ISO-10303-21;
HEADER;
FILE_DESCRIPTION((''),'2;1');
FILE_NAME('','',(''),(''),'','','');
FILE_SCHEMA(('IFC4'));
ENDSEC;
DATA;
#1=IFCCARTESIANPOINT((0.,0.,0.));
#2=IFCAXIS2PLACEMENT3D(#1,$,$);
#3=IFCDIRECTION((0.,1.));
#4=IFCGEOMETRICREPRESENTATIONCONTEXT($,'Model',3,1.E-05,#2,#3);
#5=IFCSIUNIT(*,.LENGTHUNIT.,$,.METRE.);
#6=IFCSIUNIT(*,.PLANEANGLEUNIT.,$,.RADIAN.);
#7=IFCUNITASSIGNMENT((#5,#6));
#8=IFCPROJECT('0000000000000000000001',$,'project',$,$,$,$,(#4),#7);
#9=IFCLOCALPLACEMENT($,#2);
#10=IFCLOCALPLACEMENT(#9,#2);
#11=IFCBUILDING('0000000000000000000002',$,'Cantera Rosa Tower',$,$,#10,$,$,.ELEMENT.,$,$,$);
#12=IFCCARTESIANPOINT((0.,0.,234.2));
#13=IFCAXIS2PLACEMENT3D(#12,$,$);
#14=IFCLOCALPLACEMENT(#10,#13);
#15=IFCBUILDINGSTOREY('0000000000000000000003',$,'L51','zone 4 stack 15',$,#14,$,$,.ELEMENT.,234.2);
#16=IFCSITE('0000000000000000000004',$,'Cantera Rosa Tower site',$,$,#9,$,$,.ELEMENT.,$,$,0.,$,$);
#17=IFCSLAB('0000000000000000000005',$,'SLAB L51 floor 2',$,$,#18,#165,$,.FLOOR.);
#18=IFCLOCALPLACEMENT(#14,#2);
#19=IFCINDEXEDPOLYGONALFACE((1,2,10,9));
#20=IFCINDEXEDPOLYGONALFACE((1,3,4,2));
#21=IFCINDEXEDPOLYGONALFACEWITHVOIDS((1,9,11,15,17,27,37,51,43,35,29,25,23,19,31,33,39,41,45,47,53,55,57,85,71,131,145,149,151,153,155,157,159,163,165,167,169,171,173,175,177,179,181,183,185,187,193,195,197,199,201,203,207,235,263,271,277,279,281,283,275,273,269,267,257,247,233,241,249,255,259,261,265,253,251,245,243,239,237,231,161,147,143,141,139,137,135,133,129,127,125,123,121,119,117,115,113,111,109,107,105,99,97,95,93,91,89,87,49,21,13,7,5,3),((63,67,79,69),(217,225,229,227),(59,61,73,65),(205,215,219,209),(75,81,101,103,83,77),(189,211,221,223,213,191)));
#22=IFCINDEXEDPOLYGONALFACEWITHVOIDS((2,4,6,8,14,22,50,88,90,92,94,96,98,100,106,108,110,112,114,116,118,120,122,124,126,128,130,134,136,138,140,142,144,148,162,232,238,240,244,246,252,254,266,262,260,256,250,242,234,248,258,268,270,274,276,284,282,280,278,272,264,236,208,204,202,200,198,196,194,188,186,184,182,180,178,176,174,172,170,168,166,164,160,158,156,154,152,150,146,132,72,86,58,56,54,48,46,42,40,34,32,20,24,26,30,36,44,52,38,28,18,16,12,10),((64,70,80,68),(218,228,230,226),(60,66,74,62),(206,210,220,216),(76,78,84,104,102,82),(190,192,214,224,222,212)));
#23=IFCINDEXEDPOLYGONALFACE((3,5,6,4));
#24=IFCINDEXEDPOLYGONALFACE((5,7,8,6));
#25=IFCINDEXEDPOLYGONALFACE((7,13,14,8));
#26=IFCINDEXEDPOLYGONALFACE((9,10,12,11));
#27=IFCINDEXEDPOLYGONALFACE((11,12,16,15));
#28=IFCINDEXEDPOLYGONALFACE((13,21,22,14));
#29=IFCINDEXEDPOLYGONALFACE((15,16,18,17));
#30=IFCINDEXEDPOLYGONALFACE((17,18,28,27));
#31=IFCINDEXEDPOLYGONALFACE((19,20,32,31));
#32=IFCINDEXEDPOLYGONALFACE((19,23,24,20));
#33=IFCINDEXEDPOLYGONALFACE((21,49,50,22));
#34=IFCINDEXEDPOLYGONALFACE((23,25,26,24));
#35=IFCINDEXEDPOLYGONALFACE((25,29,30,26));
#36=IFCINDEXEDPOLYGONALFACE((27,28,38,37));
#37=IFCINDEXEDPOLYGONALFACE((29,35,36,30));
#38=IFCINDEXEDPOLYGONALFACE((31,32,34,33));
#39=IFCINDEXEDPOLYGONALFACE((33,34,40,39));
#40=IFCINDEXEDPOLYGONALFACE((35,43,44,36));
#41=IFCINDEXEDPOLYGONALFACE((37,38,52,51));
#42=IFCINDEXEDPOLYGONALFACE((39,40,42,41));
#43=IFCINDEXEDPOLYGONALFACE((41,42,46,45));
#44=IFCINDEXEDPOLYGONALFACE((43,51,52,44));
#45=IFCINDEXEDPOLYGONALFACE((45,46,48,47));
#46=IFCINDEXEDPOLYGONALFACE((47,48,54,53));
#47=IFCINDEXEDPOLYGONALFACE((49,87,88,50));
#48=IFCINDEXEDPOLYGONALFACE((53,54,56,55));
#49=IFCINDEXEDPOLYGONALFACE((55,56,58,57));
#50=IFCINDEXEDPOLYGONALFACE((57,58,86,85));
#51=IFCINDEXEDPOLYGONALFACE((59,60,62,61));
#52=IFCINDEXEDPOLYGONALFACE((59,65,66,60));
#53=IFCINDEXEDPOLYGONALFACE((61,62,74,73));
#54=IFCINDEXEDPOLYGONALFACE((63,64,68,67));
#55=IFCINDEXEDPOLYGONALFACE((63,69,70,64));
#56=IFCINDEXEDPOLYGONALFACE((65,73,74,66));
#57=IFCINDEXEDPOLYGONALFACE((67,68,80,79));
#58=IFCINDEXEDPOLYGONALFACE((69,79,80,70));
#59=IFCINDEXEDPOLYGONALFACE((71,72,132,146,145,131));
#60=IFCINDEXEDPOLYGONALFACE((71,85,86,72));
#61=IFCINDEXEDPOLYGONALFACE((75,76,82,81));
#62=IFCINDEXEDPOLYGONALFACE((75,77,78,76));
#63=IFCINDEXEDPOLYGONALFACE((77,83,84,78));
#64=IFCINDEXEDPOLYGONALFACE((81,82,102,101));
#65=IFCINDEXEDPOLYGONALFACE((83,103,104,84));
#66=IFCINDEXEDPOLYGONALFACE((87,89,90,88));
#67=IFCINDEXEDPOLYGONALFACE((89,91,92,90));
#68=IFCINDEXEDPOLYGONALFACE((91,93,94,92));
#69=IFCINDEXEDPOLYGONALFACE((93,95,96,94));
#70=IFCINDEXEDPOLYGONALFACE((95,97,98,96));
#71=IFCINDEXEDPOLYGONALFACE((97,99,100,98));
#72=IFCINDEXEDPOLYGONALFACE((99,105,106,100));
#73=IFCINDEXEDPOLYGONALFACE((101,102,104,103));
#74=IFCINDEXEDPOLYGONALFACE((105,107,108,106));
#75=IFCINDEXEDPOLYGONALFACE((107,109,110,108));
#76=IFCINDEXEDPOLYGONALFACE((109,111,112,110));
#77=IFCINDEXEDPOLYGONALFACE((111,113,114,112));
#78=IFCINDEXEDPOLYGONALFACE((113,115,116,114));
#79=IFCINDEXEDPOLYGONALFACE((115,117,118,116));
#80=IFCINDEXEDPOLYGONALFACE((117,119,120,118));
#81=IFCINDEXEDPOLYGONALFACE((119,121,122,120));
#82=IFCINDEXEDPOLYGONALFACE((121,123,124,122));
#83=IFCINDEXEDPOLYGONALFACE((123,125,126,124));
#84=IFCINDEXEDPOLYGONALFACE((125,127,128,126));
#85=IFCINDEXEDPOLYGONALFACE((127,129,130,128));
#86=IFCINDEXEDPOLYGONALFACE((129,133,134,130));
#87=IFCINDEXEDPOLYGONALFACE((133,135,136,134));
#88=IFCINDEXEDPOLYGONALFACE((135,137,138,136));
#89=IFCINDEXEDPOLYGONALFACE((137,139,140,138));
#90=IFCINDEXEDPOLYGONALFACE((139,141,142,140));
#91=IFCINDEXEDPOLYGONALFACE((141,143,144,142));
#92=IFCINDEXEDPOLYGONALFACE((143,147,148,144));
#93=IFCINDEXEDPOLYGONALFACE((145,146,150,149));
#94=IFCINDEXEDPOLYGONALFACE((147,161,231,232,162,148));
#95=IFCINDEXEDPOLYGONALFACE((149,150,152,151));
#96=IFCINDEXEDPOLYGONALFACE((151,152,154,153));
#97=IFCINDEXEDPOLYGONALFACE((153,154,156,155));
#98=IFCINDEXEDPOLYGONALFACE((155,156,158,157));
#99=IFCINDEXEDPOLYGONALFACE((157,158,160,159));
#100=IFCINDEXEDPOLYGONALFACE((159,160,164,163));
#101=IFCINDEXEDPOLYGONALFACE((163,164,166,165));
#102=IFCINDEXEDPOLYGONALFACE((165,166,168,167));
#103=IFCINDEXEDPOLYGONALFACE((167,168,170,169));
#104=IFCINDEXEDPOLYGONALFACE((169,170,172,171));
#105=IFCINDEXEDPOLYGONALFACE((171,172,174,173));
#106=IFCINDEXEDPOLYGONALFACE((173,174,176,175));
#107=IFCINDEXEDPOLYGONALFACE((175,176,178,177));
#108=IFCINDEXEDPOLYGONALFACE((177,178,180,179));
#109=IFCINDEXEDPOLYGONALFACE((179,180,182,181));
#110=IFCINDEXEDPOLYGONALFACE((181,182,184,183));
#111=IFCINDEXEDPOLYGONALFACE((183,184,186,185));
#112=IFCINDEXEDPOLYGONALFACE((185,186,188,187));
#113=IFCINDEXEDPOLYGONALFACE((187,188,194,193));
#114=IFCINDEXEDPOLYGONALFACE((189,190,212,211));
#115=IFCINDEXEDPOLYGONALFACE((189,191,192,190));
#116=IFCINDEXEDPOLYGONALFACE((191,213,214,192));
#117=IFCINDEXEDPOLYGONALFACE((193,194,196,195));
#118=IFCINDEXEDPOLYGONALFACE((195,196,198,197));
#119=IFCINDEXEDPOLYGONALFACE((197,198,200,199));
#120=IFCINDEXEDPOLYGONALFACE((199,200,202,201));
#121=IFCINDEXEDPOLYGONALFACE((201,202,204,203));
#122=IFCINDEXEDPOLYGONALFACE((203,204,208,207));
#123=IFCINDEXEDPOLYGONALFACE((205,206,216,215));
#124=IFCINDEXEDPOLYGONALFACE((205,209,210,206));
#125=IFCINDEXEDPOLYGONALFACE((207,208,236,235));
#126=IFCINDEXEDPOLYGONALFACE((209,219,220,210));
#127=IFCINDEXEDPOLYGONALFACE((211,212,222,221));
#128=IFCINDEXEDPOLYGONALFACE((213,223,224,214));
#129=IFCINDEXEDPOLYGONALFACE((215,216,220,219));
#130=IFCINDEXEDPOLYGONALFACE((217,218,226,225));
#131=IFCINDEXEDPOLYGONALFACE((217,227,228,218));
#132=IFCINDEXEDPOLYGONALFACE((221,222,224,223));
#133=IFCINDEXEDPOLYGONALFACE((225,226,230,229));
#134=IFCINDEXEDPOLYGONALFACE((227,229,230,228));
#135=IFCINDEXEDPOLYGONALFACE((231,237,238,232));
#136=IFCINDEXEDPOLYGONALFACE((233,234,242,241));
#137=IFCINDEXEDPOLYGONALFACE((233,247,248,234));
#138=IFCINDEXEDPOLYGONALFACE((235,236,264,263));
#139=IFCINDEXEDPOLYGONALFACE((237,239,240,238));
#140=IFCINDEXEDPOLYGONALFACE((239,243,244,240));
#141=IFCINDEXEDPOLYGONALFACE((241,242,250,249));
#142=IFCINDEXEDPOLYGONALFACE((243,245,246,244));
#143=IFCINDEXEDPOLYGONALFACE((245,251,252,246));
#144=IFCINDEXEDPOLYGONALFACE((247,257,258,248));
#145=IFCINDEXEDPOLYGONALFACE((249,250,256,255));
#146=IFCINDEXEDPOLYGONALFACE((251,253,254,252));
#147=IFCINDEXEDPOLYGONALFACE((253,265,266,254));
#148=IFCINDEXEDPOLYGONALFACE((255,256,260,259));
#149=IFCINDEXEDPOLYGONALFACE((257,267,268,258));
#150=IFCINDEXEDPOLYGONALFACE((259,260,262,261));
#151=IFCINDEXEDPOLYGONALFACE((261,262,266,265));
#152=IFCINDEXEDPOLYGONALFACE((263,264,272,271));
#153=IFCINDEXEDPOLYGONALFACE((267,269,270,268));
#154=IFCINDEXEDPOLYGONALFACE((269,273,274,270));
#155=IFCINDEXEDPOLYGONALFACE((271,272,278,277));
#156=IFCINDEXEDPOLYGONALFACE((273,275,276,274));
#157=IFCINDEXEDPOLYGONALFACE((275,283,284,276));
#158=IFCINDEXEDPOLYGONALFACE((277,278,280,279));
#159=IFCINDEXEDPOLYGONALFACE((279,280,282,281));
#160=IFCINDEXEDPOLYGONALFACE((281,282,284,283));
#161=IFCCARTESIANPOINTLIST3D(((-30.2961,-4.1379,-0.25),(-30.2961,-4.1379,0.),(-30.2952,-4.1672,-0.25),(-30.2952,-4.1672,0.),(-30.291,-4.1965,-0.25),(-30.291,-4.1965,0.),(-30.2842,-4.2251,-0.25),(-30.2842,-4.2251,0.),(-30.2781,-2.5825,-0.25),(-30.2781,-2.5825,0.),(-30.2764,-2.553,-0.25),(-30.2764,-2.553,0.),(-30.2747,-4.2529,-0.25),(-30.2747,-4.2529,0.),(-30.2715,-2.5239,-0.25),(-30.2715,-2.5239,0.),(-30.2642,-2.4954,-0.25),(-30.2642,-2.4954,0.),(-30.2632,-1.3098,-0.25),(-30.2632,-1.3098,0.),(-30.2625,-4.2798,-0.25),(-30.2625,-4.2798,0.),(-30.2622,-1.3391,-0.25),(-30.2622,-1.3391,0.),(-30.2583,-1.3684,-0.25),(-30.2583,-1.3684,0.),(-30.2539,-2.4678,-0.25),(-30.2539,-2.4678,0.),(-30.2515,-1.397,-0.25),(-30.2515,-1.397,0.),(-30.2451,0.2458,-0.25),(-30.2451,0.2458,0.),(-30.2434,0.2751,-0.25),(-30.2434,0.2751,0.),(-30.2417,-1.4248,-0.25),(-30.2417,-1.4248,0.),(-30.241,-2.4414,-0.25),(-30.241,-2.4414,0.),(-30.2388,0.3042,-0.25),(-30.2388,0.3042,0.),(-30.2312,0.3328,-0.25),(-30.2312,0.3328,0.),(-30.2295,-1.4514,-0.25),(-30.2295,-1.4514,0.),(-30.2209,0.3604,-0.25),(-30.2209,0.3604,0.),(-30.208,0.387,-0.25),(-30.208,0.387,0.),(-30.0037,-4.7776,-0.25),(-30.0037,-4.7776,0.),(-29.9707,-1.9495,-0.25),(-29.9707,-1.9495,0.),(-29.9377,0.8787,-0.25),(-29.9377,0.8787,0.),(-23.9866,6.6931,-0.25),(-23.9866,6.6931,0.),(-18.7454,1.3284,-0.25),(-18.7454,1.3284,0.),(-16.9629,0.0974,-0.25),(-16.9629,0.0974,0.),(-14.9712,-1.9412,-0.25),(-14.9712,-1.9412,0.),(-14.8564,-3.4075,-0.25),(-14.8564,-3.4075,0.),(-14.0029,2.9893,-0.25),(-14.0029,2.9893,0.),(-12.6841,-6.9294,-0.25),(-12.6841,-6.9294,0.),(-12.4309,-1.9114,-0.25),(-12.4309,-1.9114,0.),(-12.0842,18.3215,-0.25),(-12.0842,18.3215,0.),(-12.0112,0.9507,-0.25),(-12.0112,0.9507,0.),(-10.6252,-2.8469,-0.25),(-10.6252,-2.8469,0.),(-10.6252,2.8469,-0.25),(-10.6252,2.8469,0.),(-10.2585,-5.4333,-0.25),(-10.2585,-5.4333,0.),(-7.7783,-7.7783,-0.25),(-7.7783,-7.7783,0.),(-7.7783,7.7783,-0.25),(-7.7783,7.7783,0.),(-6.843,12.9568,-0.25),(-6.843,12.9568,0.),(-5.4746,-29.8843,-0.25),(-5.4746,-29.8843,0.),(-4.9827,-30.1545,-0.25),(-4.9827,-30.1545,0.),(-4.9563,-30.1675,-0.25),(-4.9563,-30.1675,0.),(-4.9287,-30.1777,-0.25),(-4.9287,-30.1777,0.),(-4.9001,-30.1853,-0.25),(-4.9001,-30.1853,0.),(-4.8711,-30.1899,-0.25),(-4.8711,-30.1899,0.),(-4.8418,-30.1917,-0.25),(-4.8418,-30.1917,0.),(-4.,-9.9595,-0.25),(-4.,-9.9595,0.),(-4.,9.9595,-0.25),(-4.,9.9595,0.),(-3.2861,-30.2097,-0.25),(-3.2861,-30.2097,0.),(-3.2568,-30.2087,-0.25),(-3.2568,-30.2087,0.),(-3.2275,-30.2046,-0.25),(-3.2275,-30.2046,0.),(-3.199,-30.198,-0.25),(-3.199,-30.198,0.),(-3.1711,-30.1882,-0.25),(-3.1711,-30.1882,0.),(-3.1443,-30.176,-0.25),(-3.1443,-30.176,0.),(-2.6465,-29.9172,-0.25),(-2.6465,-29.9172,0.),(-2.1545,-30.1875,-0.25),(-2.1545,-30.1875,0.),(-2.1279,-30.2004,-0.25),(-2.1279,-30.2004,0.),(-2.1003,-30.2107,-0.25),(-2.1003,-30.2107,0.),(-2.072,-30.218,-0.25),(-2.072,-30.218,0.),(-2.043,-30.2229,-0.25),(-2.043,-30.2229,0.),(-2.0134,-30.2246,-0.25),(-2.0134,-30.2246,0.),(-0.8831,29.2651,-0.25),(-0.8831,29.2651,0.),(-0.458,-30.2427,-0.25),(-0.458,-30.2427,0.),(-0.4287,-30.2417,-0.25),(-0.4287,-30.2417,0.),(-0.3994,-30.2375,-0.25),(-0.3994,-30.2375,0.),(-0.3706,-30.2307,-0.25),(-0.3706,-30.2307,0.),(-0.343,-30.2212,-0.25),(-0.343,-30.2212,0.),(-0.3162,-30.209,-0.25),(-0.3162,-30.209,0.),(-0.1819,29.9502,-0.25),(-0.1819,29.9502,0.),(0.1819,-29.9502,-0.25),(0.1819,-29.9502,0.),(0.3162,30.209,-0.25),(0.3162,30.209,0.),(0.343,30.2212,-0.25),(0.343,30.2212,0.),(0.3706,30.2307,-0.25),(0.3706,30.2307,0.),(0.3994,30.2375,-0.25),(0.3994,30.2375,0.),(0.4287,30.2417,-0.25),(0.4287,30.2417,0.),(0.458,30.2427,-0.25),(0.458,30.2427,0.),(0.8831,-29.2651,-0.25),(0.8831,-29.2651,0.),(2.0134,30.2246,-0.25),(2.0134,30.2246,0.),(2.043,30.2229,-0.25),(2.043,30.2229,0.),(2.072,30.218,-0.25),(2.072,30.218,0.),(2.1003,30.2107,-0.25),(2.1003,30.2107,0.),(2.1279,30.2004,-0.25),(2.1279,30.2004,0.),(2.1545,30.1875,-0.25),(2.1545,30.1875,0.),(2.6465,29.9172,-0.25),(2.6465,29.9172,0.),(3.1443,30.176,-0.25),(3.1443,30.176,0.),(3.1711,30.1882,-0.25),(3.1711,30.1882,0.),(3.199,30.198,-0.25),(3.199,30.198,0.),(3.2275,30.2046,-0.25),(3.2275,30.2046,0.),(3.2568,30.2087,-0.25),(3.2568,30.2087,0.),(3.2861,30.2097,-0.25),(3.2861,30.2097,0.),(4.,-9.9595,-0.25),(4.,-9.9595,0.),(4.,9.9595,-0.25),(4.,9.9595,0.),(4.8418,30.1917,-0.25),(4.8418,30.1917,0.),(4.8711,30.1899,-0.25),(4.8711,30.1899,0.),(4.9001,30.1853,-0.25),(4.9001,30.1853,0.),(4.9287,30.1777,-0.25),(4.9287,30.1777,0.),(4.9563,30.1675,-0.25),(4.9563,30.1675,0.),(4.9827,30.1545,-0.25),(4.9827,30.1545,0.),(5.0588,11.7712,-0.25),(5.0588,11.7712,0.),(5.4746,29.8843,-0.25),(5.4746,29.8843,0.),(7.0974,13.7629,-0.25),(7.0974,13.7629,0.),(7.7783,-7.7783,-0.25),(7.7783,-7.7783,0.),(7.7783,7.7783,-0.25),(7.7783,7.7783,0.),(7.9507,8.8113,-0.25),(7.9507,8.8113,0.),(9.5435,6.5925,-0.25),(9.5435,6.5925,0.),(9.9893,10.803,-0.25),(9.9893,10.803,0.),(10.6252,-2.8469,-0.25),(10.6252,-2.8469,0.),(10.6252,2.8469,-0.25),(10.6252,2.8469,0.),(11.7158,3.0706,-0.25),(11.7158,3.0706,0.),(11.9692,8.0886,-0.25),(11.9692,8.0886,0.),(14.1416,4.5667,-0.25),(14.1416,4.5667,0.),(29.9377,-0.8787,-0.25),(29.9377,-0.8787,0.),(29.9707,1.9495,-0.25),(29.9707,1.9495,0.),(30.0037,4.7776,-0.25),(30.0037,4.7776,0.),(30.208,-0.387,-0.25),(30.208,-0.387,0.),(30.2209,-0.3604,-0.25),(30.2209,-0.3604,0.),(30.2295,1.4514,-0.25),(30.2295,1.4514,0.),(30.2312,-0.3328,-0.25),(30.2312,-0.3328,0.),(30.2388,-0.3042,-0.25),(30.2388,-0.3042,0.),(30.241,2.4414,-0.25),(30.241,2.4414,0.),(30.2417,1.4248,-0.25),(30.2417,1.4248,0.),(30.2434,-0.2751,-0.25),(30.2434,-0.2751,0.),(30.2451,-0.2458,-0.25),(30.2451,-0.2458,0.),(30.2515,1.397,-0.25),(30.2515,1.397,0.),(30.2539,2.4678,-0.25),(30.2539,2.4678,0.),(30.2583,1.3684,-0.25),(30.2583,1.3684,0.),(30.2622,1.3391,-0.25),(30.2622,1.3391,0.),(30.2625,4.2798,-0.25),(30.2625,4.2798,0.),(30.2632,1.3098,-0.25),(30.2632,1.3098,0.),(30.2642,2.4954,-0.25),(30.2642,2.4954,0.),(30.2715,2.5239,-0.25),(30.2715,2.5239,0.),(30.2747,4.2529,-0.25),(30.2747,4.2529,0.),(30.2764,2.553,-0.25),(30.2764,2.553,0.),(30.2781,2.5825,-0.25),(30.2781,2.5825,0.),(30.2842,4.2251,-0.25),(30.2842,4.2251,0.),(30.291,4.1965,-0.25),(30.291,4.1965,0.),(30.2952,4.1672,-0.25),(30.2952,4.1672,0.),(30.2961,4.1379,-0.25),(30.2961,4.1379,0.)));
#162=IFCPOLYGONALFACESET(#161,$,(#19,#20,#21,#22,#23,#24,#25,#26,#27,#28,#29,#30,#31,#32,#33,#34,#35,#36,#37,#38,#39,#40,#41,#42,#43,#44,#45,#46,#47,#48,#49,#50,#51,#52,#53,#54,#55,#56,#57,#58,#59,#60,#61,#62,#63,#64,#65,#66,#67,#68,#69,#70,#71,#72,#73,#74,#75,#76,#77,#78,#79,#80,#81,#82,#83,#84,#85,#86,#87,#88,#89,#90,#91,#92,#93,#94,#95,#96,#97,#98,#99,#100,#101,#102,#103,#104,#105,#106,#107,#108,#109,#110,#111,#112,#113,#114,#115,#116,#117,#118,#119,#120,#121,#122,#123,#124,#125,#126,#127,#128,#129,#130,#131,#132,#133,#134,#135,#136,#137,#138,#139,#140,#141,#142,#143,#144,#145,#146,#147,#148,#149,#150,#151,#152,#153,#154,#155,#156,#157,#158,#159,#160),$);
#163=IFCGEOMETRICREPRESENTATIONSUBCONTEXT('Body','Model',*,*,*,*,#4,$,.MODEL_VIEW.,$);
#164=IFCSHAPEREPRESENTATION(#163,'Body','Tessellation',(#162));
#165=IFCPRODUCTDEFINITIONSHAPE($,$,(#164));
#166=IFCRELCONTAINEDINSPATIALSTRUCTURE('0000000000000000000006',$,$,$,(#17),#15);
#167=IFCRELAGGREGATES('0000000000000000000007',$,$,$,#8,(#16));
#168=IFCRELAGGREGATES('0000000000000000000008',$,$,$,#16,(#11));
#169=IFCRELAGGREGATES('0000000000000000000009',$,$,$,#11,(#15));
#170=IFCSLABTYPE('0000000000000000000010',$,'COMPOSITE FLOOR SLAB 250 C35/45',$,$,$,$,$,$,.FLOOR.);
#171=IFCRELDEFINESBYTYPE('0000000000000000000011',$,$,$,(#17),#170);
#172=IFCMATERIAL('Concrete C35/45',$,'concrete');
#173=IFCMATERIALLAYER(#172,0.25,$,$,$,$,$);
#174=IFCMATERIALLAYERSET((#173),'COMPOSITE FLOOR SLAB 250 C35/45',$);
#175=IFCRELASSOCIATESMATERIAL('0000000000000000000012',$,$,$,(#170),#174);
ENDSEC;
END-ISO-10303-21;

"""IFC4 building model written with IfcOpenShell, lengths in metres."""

from ifc_helpers import new_model, si_unit, direction, frame, origin, place, context, subcontext, project, spatial, polyline, outline, extrude, material, layer, layer_set, type_object, element, save


model = new_model("IFC4")

# Units and contexts
model_context = context("Model", 3, precision=1e-05, world=origin(), true_north=direction((0.0, 1.0)))
body_context = subcontext(model_context, "Body", "Model", "MODEL_VIEW")
ifc_project = project(units=[si_unit("LENGTHUNIT", "METRE"), si_unit("PLANEANGLEUNIT", "RADIAN")], contexts=[model_context])

# Site, building, storey
site_placement = place(None, origin())
site = spatial("IfcSite", under=ifc_project, at=site_placement, Name="Cantera Rosa Tower site", CompositionType="ELEMENT", RefElevation=0.0)
building_placement = place(site_placement, origin())
building = spatial("IfcBuilding", under=site, at=building_placement, Name="Cantera Rosa Tower", CompositionType="ELEMENT")
storey_placement = place(building_placement, frame((0.0, 0.0, 234.2)))
storey = spatial("IfcBuildingStorey", under=building, at=storey_placement, Name="L51", Description="zone 4 stack 15", CompositionType="ELEMENT", Elevation=234.2)

# Slab
ifc_material_1 = material(Name="Concrete C35/45", Category="concrete")
ifc_layer_1 = layer(ifc_material_1, 0.25)
ifc_layer_set_1 = layer_set([ifc_layer_1], Name="COMPOSITE FLOOR SLAB 250 C35/45")
slab_type_1 = type_object("IfcSlabType", Name="COMPOSITE FLOOR SLAB 250 C35/45", PredefinedType="FLOOR", material=ifc_layer_set_1)
slab_1_placement = place(storey_placement, frame((0.0, 0.0, -0.25)))
element("IfcSlab", 1, at=slab_1_placement, inside=storey, type_object=slab_type_1, Name="SLAB L51 floor 2", PredefinedType="FLOOR", context=body_context, shape_type="SweptSolid", body=[
    extrude(outline(polyline([(-2.1279, -30.2004), (-2.1545, -30.1875), (-2.6465, -29.9172), (-3.1443, -30.176), (-3.1711, -30.1882), (-3.199, -30.198), (-3.2275, -30.2046), (-3.2568, -30.2087), (-3.2861, -30.2097), (-4.8418, -30.1917), (-4.8711, -30.1899), (-4.9001, -30.1853), (-4.9287, -30.1777), (-4.9563, -30.1675), (-4.9827, -30.1545), (-5.4746, -29.8843), (-30.0037, -4.7776), (-30.2625, -4.2798), (-30.2747, -4.2529), (-30.2842, -4.2251), (-30.291, -4.1965), (-30.2952, -4.1672), (-30.2961, -4.1379), (-30.2781, -2.5825), (-30.2764, -2.553), (-30.2715, -2.5239), (-30.2642, -2.4954), (-30.2539, -2.4678), (-30.241, -2.4414), (-29.9707, -1.9495), (-30.2295, -1.4514), (-30.2417, -1.4248), (-30.2515, -1.397), (-30.2583, -1.3684), (-30.2622, -1.3391), (-30.2632, -1.3098), (-30.2451, 0.2458), (-30.2434, 0.2751), (-30.2388, 0.3042), (-30.2312, 0.3328), (-30.2209, 0.3604), (-30.208, 0.387), (-29.9377, 0.8787), (-23.9866, 6.6931), (-18.7454, 1.3284), (-6.843, 12.9568), (-12.0842, 18.3215), (-0.8831, 29.2651), (-0.1819, 29.9502), (0.3162, 30.209), (0.343, 30.2212), (0.3706, 30.2307), (0.3994, 30.2375), (0.4287, 30.2417), (0.458, 30.2427), (2.0134, 30.2246), (2.043, 30.2229), (2.072, 30.218), (2.1003, 30.2107), (2.1279, 30.2004), (2.1545, 30.1875), (2.6465, 29.9172), (3.1443, 30.176), (3.1711, 30.1882), (3.199, 30.198), (3.2275, 30.2046), (3.2568, 30.2087), (3.2861, 30.2097), (4.8418, 30.1917), (4.8711, 30.1899), (4.9001, 30.1853), (4.9287, 30.1777), (4.9563, 30.1675), (4.9827, 30.1545), (5.4746, 29.8843), (30.0037, 4.7776), (30.2625, 4.2798), (30.2747, 4.2529), (30.2842, 4.2251), (30.291, 4.1965), (30.2952, 4.1672), (30.2961, 4.1379), (30.2781, 2.5825), (30.2764, 2.553), (30.2715, 2.5239), (30.2642, 2.4954), (30.2539, 2.4678), (30.241, 2.4414), (29.9707, 1.9495), (30.2295, 1.4514), (30.2417, 1.4248), (30.2515, 1.397), (30.2583, 1.3684), (30.2622, 1.3391), (30.2632, 1.3098), (30.2451, -0.2458), (30.2434, -0.2751), (30.2388, -0.3042), (30.2312, -0.3328), (30.2209, -0.3604), (30.208, -0.387), (29.9377, -0.8787), (0.8831, -29.2651), (0.1819, -29.9502), (-0.3162, -30.209), (-0.343, -30.2212), (-0.3706, -30.2307), (-0.3994, -30.2375), (-0.4287, -30.2417), (-0.458, -30.2427), (-2.0134, -30.2246), (-2.043, -30.2229), (-2.072, -30.218), (-2.1003, -30.2107), (-2.1279, -30.2004)]), holes=[polyline([(-12.4309, -1.9114), (-14.8564, -3.4075), (-12.6841, -6.9294), (-10.2585, -5.4333), (-12.4309, -1.9114)]), polyline([(-7.7783, 7.7783), (-10.6252, 2.8469), (-10.6252, -2.8469), (-7.7783, -7.7783), (-4.0, -9.9595), (-4.0, 9.9595), (-7.7783, 7.7783)]), polyline([(-14.0029, 2.9893), (-16.9629, 0.0974), (-14.9712, -1.9412), (-12.0112, 0.9507), (-14.0029, 2.9893)]), polyline([(7.7783, -7.7783), (10.6252, -2.8469), (10.6252, 2.8469), (7.7783, 7.7783), (4.0, 9.9595), (4.0, -9.9595), (7.7783, -7.7783)]), polyline([(14.1416, 4.5667), (11.9692, 8.0886), (9.5435, 6.5925), (11.7158, 3.0706), (14.1416, 4.5667)]), polyline([(9.9893, 10.803), (7.0974, 13.7629), (5.0588, 11.7712), (7.9507, 8.8113), (9.9893, 10.803)])]), origin(), (0.0, 0.0, 1.0), 0.25),
])

save(model, "model.ifc")
